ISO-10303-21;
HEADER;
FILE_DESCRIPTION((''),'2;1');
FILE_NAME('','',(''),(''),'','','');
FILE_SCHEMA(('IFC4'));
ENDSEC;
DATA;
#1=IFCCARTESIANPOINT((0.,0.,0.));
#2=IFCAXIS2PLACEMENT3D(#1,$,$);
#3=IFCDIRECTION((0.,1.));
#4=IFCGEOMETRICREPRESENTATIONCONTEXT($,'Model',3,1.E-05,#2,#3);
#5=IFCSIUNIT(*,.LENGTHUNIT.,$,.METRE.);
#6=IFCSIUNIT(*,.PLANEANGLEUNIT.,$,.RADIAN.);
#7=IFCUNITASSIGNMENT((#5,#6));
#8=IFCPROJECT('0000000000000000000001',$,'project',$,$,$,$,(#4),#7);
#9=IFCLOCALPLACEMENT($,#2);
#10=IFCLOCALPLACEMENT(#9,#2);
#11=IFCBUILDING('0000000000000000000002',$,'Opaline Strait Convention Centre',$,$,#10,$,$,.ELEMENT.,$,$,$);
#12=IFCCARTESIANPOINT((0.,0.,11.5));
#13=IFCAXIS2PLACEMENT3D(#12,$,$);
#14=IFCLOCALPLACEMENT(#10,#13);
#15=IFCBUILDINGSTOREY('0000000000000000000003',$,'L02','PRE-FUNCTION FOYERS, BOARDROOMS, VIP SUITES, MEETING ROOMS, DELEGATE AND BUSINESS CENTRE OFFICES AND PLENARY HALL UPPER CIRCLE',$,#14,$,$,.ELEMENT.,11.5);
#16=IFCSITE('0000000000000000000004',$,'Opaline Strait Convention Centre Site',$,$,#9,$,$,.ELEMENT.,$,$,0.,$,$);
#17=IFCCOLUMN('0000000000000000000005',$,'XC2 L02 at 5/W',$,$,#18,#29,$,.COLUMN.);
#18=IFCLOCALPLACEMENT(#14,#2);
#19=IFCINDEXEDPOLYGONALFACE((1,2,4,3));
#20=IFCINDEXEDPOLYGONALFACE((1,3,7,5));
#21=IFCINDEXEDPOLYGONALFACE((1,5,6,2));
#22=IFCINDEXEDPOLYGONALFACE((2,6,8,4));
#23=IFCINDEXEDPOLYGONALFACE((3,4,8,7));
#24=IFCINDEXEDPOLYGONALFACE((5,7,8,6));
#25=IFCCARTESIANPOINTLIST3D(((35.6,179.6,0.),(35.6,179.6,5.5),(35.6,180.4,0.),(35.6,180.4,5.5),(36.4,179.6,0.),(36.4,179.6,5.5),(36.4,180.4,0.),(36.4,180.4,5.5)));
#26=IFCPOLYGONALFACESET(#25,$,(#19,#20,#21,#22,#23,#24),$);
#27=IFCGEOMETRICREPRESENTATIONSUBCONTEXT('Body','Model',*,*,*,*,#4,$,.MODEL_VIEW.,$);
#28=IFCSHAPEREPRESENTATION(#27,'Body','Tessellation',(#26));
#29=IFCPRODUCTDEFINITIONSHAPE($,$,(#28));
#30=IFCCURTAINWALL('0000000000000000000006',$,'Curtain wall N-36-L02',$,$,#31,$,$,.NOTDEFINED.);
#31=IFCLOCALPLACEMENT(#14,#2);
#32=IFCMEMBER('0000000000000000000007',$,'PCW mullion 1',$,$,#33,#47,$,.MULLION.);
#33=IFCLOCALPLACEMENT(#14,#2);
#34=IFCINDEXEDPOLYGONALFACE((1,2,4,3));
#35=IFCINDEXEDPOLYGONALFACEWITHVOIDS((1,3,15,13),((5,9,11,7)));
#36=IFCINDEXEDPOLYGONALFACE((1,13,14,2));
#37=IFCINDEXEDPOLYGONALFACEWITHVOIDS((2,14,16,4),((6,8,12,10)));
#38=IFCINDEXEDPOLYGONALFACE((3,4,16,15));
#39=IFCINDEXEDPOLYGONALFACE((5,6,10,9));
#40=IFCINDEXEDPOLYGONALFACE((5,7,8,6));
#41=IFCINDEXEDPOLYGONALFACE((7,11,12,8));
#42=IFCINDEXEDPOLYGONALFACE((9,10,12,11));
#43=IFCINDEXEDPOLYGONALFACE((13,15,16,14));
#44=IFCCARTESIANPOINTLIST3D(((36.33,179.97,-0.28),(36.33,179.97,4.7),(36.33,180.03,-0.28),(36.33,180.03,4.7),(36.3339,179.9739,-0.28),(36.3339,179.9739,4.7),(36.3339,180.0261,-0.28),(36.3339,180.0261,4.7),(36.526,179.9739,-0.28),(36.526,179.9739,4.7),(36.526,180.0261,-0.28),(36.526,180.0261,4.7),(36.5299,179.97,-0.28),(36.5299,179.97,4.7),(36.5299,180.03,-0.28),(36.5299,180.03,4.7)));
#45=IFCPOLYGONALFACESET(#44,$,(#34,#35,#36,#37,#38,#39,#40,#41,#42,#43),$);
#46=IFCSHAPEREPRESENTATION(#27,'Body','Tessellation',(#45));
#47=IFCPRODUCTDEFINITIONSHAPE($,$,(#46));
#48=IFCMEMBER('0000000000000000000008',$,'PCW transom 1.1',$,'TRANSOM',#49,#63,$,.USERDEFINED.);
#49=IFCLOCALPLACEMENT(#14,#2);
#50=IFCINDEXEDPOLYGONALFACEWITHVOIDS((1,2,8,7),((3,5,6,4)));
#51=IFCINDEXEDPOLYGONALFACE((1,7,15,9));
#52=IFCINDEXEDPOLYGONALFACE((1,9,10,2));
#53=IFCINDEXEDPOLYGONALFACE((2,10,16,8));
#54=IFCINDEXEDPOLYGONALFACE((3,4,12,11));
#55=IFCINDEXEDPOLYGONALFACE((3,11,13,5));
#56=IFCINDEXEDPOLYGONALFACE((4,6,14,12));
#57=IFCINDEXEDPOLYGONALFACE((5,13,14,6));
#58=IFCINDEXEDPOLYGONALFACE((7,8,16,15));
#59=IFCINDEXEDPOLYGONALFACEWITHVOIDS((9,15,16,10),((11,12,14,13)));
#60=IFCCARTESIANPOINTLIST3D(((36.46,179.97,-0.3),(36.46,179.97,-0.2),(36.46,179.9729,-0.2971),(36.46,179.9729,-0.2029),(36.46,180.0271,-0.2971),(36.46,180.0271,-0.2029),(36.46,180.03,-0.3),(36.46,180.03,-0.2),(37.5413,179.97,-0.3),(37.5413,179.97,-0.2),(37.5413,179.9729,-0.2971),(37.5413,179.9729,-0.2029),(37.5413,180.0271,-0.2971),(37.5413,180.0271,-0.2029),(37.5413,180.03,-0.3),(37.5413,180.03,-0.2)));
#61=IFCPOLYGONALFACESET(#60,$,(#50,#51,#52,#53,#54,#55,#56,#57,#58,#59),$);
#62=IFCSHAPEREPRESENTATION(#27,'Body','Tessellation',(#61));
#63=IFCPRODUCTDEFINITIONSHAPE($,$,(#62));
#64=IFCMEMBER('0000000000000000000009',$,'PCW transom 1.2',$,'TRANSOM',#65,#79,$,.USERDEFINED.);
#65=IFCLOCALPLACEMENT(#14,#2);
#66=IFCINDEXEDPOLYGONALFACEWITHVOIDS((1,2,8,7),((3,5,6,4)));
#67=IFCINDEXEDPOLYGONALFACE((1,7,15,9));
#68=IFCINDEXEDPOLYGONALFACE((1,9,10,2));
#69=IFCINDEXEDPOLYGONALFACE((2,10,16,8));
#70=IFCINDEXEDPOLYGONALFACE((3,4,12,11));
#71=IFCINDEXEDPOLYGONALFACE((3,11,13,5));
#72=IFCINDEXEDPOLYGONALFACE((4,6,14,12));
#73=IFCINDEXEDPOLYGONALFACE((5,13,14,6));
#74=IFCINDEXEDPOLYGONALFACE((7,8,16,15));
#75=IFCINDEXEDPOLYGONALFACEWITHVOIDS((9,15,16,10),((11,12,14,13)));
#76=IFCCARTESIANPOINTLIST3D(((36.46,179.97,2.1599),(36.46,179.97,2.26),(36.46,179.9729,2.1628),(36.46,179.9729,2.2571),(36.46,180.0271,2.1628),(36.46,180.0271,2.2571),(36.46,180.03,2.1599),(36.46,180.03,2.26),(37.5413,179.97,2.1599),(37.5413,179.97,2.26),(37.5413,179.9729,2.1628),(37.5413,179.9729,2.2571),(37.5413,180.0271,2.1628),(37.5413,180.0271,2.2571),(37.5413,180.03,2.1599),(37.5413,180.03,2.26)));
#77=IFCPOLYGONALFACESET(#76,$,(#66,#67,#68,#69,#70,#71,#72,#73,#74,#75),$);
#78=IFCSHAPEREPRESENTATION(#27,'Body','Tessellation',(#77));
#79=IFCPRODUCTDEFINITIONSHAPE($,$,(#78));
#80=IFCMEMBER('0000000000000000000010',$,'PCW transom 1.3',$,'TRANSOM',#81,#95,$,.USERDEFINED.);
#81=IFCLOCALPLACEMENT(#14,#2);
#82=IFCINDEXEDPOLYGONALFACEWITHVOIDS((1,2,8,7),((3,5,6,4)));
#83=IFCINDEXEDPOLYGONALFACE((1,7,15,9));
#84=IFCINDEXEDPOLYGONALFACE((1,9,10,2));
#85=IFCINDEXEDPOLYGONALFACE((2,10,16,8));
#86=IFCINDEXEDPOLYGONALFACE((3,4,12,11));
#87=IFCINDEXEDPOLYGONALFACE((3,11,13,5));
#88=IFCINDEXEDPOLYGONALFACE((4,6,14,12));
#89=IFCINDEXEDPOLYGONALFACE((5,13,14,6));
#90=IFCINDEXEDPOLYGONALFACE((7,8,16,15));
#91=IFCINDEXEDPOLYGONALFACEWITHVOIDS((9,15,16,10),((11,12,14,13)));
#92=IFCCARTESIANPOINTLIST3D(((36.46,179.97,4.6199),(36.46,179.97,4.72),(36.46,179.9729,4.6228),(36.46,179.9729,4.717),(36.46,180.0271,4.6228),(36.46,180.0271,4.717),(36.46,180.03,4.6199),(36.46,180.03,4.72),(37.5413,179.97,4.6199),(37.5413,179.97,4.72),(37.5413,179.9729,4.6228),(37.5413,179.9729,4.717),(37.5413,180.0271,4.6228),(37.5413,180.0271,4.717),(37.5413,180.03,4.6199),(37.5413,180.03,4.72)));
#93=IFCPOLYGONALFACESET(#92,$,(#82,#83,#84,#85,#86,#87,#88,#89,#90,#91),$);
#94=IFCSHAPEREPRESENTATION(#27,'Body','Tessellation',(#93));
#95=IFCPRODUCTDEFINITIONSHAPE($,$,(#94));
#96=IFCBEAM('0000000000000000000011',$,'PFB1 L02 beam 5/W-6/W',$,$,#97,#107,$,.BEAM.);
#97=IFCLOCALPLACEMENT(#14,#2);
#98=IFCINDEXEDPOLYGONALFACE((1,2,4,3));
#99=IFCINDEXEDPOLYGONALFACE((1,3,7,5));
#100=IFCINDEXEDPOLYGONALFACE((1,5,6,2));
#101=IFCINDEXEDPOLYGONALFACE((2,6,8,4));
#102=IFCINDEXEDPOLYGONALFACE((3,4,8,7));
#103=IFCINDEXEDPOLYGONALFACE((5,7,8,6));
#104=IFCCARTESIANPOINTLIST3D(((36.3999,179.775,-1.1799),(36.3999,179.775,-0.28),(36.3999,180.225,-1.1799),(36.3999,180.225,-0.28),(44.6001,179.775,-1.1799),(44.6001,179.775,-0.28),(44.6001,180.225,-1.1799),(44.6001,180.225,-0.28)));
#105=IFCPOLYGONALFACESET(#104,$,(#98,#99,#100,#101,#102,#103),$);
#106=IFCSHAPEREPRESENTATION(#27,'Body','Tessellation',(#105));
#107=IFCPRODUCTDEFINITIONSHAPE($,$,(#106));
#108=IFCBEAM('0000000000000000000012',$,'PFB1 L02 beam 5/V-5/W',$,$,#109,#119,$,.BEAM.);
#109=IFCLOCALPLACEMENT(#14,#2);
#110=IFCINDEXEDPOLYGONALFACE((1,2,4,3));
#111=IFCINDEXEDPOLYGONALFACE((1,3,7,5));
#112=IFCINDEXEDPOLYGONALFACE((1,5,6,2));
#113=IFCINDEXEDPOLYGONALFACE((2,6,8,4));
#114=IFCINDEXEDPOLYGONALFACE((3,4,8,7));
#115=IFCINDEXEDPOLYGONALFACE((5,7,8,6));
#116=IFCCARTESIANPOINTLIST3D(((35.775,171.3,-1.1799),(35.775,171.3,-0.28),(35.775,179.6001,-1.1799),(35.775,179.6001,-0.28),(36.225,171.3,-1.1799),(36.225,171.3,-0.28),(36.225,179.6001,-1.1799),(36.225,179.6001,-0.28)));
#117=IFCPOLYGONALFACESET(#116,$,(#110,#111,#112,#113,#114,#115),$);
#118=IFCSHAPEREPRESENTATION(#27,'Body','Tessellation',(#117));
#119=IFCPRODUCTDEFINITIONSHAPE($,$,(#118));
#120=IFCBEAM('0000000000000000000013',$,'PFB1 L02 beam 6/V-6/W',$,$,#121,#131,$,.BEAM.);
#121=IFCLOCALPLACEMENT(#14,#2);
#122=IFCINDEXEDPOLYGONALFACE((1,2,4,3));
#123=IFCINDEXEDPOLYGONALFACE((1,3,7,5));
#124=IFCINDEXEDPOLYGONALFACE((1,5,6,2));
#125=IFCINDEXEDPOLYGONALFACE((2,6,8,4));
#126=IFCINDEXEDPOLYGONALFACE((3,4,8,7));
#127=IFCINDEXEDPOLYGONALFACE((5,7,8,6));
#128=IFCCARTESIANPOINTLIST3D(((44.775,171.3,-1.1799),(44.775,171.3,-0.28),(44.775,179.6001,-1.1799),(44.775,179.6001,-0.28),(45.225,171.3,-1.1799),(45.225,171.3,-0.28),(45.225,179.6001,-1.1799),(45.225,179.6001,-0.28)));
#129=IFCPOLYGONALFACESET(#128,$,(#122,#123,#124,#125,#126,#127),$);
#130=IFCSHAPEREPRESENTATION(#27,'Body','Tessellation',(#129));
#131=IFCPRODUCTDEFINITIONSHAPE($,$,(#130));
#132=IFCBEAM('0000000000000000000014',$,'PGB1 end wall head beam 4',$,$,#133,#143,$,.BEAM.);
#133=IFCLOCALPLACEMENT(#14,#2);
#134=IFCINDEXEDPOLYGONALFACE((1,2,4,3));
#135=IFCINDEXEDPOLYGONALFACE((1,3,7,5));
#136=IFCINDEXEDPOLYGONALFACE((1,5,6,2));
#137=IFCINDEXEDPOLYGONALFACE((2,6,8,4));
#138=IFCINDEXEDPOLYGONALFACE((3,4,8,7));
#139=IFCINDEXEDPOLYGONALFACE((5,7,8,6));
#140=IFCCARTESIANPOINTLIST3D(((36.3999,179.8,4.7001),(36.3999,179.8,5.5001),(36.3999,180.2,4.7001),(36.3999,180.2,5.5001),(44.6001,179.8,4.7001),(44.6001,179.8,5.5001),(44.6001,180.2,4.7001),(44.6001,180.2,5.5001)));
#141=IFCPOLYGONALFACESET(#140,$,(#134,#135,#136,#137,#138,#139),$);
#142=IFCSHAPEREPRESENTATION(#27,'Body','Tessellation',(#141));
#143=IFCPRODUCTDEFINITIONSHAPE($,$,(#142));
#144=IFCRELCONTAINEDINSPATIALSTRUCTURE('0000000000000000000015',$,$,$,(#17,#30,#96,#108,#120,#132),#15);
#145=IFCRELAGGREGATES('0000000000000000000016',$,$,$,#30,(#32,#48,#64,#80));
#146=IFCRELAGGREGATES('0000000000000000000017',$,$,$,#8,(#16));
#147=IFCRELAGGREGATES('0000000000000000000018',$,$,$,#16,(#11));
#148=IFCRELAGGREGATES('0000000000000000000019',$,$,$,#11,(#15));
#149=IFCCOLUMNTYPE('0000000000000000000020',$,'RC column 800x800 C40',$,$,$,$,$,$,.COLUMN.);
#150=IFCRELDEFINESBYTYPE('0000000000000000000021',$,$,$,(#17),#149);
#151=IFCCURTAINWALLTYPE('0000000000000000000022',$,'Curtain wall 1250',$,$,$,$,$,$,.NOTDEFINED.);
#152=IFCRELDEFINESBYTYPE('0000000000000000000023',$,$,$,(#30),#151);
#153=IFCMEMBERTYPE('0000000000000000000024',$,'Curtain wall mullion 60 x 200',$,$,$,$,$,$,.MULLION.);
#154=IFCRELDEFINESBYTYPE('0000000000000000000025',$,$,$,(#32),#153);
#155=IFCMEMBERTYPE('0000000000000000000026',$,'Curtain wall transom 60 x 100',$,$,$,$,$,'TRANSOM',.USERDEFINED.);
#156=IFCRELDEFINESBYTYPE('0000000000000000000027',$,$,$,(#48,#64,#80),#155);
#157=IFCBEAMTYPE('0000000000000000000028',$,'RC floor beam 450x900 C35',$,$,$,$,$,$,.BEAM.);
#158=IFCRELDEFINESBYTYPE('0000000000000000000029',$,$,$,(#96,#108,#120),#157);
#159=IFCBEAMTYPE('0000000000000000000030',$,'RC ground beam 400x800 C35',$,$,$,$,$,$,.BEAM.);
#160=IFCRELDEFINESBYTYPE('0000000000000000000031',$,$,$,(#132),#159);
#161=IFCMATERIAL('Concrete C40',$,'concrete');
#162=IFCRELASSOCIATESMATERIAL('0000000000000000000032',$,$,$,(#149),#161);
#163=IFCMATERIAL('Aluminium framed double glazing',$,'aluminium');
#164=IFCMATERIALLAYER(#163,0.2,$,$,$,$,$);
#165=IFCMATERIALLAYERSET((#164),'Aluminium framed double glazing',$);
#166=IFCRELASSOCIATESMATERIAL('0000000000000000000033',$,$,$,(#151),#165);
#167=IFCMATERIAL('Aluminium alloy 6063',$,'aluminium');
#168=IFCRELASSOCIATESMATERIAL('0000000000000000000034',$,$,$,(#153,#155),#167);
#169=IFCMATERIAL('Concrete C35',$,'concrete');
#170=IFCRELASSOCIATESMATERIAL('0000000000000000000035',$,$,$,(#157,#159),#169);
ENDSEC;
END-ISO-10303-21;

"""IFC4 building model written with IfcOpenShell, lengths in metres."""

from ifc_helpers import new_model, si_unit, direction, frame, origin, origin_2d, place, context, subcontext, project, spatial, rectangle, hollow_rectangle, extrude, material, layer, layer_set, material_profile, profile_set, type_object, element, aggregate, save


model = new_model("IFC4")

# Units and contexts
model_context = context("Model", 3, precision=1e-05, world=origin(), true_north=direction((0.0, 1.0)))
body_context = subcontext(model_context, "Body", "Model", "MODEL_VIEW")
ifc_project = project(units=[si_unit("LENGTHUNIT", "METRE"), si_unit("PLANEANGLEUNIT", "RADIAN")], contexts=[model_context])

# Site, building, storey
site_placement = place(None, origin())
site = spatial("IfcSite", under=ifc_project, at=site_placement, Name="Opaline Strait Convention Centre Site", CompositionType="ELEMENT", RefElevation=0.0)
building_placement = place(site_placement, origin())
building = spatial("IfcBuilding", under=site, at=building_placement, Name="Opaline Strait Convention Centre", CompositionType="ELEMENT")
storey_placement = place(building_placement, frame((0.0, 0.0, 11.5)))
storey = spatial("IfcBuildingStorey", under=building, at=storey_placement, Name="L02", Description="PRE-FUNCTION FOYERS, BOARDROOMS, VIP SUITES, MEETING ROOMS, DELEGATE AND BUSINESS CENTRE OFFICES AND PLENARY HALL UPPER CIRCLE", CompositionType="ELEMENT", Elevation=11.5)

# Column
ifc_material_1 = material(Name="Concrete C40", Category="concrete")
ifc_material_profile_1 = material_profile(ifc_material_1, rectangle(XDim=0.8, YDim=0.8, at=origin_2d()), Name="RC 800x800")
ifc_profile_set_1 = profile_set([ifc_material_profile_1], Name="Concrete C40")
column_type = type_object("IfcColumnType", Name="RC column 800x800 C40", PredefinedType="COLUMN", material=ifc_profile_set_1)
column_placement = place(storey_placement, frame((36.0, 180.0, 0.0), z_axis=(0.0, 0.0, 1.0), x_axis=(1.0, 0.0, 0.0)))
element("IfcColumn", 1, at=column_placement, inside=storey, type_object=column_type, Name="XC2 L02 at 5/W", PredefinedType="COLUMN", context=body_context, shape_type="SweptSolid", body=[
    extrude(rectangle(XDim=0.8, YDim=0.8, at=origin_2d()), origin(), (0.0, 0.0, 1.0), 5.5),
])

# Curtain wall, members
ifc_material_2 = material(Name="Aluminium framed double glazing", Category="aluminium")
ifc_layer_1 = layer(ifc_material_2, 0.2)
ifc_layer_set_1 = layer_set([ifc_layer_1], Name="Aluminium framed double glazing")
curtain_wall_type = type_object("IfcCurtainWallType", Name="Curtain wall 1250", PredefinedType="NOTDEFINED", material=ifc_layer_set_1)
curtain_wall_placement = place(storey_placement, origin())
curtain_wall = element("IfcCurtainWall", 2, at=curtain_wall_placement, inside=storey, type_object=curtain_wall_type, Name="Curtain wall N-36-L02", PredefinedType="NOTDEFINED")
ifc_material_3 = material(Name="Aluminium alloy 6063", Category="aluminium")
ifc_material_profile_2 = material_profile(ifc_material_3, hollow_rectangle(XDim=0.0601, YDim=0.2, WallThickness=0.0039, at=origin_2d()), Name="MULLION 60x200x4")
ifc_profile_set_2 = profile_set([ifc_material_profile_2], Name="Aluminium alloy 6063")
member_type_1 = type_object("IfcMemberType", Name="Curtain wall mullion 60 x 200", PredefinedType="MULLION", material=ifc_profile_set_2)
member_1_placement = place(storey_placement, frame((36.4299, 180.0, -0.28), z_axis=(0.0, 0.0, 1.0), x_axis=(0.0, 1.0, 0.0)))
member_1 = element("IfcMember", 3, at=member_1_placement, type_object=member_type_1, Name="PCW mullion 1", PredefinedType="MULLION", context=body_context, shape_type="SweptSolid", body=[
    extrude(hollow_rectangle(XDim=0.0601, YDim=0.2, WallThickness=0.0039, at=origin_2d()), origin(), (0.0, 0.0, 1.0), 4.98),
])
ifc_material_profile_3 = material_profile(ifc_material_3, hollow_rectangle(XDim=0.0601, YDim=0.1001, WallThickness=0.0029, at=origin_2d()), Name="TRANSOM 60x100x3")
ifc_profile_set_3 = profile_set([ifc_material_profile_3], Name="Aluminium alloy 6063")
member_type_2 = type_object("IfcMemberType", Name="Curtain wall transom 60 x 100", ElementType="TRANSOM", PredefinedType="USERDEFINED", material=ifc_profile_set_3)
member_2_placement = place(storey_placement, frame((36.46, 180.0, -0.25), z_axis=(1.0, 0.0, 0.0), x_axis=(0.0, 1.0, 0.0)))
member_2 = element("IfcMember", 4, at=member_2_placement, type_object=member_type_2, Name="PCW transom 1.1", ObjectType="TRANSOM", PredefinedType="USERDEFINED", context=body_context, shape_type="SweptSolid", body=[
    extrude(hollow_rectangle(XDim=0.0601, YDim=0.1001, WallThickness=0.0029, at=origin_2d()), origin(), (0.0, 0.0, 1.0), 1.0813),
])
member_3_placement = place(storey_placement, frame((36.46, 180.0, 2.21), z_axis=(1.0, 0.0, 0.0), x_axis=(0.0, 1.0, 0.0)))
member_3 = element("IfcMember", 5, at=member_3_placement, type_object=member_type_2, Name="PCW transom 1.2", ObjectType="TRANSOM", PredefinedType="USERDEFINED", context=body_context, shape_type="SweptSolid", body=[
    extrude(hollow_rectangle(XDim=0.0601, YDim=0.1001, WallThickness=0.0029, at=origin_2d()), origin(), (0.0, 0.0, 1.0), 1.0813),
])
member_4_placement = place(storey_placement, frame((36.46, 180.0, 4.6699), z_axis=(1.0, 0.0, 0.0), x_axis=(0.0, 1.0, 0.0)))
member_4 = element("IfcMember", 6, at=member_4_placement, type_object=member_type_2, Name="PCW transom 1.3", ObjectType="TRANSOM", PredefinedType="USERDEFINED", context=body_context, shape_type="SweptSolid", body=[
    extrude(hollow_rectangle(XDim=0.0601, YDim=0.1001, WallThickness=0.0029, at=origin_2d()), origin(), (0.0, 0.0, 1.0), 1.0813),
])

# Beams
ifc_material_4 = material(Name="Concrete C35", Category="concrete")
ifc_material_profile_4 = material_profile(ifc_material_4, rectangle(XDim=0.45, YDim=0.8999, at=origin_2d()), Name="RC 450x900")
ifc_profile_set_4 = profile_set([ifc_material_profile_4], Name="Concrete C35")
beam_type_1 = type_object("IfcBeamType", Name="RC floor beam 450x900 C35", PredefinedType="BEAM", material=ifc_profile_set_4)
beam_1_placement = place(storey_placement, frame((36.3999, 180.0, -0.73), z_axis=(1.0, 0.0, 0.0), x_axis=(0.0, 1.0, 0.0)))
element("IfcBeam", 7, at=beam_1_placement, inside=storey, type_object=beam_type_1, Name="PFB1 L02 beam 5/W-6/W", PredefinedType="BEAM", context=body_context, shape_type="SweptSolid", body=[
    extrude(rectangle(XDim=0.45, YDim=0.8999, at=origin_2d()), origin(), (0.0, 0.0, 1.0), 8.2002),
])
for number, where, z_axis, x_axis, name in (
    (8, (36.0, 171.3, -0.73), (0.0, 1.0, 0.0), (-1.0, 0.0, 0.0), "PFB1 L02 beam 5/V-5/W"),
    (9, (45.0, 171.3, -0.73), (0.0, 1.0, 0.0), (-1.0, 0.0, 0.0), "PFB1 L02 beam 6/V-6/W"),
):
    element("IfcBeam", number, at=place(storey_placement, frame(where, z_axis=z_axis, x_axis=x_axis)), inside=storey, type_object=beam_type_1, Name=name, PredefinedType="BEAM", context=body_context, shape_type="SweptSolid", body=[
        extrude(rectangle(XDim=0.45, YDim=0.8999, at=origin_2d()), origin(), (0.0, 0.0, 1.0), 8.3),
    ])
ifc_material_profile_5 = material_profile(ifc_material_4, rectangle(XDim=0.3999, YDim=0.8, at=origin_2d()), Name="RC 400x800")
ifc_profile_set_5 = profile_set([ifc_material_profile_5], Name="Concrete C35")
beam_type_2 = type_object("IfcBeamType", Name="RC ground beam 400x800 C35", PredefinedType="BEAM", material=ifc_profile_set_5)
beam_2_placement = place(storey_placement, frame((36.3999, 180.0, 5.1001), z_axis=(1.0, 0.0, 0.0), x_axis=(0.0, 1.0, 0.0)))
element("IfcBeam", 10, at=beam_2_placement, inside=storey, type_object=beam_type_2, Name="PGB1 end wall head beam 4", PredefinedType="BEAM", context=body_context, shape_type="SweptSolid", body=[
    extrude(rectangle(XDim=0.3999, YDim=0.8, at=origin_2d()), origin(), (0.0, 0.0, 1.0), 8.2002),
])

aggregate(curtain_wall, [member_1, member_2, member_3, member_4])

save(model, "model.ifc")
